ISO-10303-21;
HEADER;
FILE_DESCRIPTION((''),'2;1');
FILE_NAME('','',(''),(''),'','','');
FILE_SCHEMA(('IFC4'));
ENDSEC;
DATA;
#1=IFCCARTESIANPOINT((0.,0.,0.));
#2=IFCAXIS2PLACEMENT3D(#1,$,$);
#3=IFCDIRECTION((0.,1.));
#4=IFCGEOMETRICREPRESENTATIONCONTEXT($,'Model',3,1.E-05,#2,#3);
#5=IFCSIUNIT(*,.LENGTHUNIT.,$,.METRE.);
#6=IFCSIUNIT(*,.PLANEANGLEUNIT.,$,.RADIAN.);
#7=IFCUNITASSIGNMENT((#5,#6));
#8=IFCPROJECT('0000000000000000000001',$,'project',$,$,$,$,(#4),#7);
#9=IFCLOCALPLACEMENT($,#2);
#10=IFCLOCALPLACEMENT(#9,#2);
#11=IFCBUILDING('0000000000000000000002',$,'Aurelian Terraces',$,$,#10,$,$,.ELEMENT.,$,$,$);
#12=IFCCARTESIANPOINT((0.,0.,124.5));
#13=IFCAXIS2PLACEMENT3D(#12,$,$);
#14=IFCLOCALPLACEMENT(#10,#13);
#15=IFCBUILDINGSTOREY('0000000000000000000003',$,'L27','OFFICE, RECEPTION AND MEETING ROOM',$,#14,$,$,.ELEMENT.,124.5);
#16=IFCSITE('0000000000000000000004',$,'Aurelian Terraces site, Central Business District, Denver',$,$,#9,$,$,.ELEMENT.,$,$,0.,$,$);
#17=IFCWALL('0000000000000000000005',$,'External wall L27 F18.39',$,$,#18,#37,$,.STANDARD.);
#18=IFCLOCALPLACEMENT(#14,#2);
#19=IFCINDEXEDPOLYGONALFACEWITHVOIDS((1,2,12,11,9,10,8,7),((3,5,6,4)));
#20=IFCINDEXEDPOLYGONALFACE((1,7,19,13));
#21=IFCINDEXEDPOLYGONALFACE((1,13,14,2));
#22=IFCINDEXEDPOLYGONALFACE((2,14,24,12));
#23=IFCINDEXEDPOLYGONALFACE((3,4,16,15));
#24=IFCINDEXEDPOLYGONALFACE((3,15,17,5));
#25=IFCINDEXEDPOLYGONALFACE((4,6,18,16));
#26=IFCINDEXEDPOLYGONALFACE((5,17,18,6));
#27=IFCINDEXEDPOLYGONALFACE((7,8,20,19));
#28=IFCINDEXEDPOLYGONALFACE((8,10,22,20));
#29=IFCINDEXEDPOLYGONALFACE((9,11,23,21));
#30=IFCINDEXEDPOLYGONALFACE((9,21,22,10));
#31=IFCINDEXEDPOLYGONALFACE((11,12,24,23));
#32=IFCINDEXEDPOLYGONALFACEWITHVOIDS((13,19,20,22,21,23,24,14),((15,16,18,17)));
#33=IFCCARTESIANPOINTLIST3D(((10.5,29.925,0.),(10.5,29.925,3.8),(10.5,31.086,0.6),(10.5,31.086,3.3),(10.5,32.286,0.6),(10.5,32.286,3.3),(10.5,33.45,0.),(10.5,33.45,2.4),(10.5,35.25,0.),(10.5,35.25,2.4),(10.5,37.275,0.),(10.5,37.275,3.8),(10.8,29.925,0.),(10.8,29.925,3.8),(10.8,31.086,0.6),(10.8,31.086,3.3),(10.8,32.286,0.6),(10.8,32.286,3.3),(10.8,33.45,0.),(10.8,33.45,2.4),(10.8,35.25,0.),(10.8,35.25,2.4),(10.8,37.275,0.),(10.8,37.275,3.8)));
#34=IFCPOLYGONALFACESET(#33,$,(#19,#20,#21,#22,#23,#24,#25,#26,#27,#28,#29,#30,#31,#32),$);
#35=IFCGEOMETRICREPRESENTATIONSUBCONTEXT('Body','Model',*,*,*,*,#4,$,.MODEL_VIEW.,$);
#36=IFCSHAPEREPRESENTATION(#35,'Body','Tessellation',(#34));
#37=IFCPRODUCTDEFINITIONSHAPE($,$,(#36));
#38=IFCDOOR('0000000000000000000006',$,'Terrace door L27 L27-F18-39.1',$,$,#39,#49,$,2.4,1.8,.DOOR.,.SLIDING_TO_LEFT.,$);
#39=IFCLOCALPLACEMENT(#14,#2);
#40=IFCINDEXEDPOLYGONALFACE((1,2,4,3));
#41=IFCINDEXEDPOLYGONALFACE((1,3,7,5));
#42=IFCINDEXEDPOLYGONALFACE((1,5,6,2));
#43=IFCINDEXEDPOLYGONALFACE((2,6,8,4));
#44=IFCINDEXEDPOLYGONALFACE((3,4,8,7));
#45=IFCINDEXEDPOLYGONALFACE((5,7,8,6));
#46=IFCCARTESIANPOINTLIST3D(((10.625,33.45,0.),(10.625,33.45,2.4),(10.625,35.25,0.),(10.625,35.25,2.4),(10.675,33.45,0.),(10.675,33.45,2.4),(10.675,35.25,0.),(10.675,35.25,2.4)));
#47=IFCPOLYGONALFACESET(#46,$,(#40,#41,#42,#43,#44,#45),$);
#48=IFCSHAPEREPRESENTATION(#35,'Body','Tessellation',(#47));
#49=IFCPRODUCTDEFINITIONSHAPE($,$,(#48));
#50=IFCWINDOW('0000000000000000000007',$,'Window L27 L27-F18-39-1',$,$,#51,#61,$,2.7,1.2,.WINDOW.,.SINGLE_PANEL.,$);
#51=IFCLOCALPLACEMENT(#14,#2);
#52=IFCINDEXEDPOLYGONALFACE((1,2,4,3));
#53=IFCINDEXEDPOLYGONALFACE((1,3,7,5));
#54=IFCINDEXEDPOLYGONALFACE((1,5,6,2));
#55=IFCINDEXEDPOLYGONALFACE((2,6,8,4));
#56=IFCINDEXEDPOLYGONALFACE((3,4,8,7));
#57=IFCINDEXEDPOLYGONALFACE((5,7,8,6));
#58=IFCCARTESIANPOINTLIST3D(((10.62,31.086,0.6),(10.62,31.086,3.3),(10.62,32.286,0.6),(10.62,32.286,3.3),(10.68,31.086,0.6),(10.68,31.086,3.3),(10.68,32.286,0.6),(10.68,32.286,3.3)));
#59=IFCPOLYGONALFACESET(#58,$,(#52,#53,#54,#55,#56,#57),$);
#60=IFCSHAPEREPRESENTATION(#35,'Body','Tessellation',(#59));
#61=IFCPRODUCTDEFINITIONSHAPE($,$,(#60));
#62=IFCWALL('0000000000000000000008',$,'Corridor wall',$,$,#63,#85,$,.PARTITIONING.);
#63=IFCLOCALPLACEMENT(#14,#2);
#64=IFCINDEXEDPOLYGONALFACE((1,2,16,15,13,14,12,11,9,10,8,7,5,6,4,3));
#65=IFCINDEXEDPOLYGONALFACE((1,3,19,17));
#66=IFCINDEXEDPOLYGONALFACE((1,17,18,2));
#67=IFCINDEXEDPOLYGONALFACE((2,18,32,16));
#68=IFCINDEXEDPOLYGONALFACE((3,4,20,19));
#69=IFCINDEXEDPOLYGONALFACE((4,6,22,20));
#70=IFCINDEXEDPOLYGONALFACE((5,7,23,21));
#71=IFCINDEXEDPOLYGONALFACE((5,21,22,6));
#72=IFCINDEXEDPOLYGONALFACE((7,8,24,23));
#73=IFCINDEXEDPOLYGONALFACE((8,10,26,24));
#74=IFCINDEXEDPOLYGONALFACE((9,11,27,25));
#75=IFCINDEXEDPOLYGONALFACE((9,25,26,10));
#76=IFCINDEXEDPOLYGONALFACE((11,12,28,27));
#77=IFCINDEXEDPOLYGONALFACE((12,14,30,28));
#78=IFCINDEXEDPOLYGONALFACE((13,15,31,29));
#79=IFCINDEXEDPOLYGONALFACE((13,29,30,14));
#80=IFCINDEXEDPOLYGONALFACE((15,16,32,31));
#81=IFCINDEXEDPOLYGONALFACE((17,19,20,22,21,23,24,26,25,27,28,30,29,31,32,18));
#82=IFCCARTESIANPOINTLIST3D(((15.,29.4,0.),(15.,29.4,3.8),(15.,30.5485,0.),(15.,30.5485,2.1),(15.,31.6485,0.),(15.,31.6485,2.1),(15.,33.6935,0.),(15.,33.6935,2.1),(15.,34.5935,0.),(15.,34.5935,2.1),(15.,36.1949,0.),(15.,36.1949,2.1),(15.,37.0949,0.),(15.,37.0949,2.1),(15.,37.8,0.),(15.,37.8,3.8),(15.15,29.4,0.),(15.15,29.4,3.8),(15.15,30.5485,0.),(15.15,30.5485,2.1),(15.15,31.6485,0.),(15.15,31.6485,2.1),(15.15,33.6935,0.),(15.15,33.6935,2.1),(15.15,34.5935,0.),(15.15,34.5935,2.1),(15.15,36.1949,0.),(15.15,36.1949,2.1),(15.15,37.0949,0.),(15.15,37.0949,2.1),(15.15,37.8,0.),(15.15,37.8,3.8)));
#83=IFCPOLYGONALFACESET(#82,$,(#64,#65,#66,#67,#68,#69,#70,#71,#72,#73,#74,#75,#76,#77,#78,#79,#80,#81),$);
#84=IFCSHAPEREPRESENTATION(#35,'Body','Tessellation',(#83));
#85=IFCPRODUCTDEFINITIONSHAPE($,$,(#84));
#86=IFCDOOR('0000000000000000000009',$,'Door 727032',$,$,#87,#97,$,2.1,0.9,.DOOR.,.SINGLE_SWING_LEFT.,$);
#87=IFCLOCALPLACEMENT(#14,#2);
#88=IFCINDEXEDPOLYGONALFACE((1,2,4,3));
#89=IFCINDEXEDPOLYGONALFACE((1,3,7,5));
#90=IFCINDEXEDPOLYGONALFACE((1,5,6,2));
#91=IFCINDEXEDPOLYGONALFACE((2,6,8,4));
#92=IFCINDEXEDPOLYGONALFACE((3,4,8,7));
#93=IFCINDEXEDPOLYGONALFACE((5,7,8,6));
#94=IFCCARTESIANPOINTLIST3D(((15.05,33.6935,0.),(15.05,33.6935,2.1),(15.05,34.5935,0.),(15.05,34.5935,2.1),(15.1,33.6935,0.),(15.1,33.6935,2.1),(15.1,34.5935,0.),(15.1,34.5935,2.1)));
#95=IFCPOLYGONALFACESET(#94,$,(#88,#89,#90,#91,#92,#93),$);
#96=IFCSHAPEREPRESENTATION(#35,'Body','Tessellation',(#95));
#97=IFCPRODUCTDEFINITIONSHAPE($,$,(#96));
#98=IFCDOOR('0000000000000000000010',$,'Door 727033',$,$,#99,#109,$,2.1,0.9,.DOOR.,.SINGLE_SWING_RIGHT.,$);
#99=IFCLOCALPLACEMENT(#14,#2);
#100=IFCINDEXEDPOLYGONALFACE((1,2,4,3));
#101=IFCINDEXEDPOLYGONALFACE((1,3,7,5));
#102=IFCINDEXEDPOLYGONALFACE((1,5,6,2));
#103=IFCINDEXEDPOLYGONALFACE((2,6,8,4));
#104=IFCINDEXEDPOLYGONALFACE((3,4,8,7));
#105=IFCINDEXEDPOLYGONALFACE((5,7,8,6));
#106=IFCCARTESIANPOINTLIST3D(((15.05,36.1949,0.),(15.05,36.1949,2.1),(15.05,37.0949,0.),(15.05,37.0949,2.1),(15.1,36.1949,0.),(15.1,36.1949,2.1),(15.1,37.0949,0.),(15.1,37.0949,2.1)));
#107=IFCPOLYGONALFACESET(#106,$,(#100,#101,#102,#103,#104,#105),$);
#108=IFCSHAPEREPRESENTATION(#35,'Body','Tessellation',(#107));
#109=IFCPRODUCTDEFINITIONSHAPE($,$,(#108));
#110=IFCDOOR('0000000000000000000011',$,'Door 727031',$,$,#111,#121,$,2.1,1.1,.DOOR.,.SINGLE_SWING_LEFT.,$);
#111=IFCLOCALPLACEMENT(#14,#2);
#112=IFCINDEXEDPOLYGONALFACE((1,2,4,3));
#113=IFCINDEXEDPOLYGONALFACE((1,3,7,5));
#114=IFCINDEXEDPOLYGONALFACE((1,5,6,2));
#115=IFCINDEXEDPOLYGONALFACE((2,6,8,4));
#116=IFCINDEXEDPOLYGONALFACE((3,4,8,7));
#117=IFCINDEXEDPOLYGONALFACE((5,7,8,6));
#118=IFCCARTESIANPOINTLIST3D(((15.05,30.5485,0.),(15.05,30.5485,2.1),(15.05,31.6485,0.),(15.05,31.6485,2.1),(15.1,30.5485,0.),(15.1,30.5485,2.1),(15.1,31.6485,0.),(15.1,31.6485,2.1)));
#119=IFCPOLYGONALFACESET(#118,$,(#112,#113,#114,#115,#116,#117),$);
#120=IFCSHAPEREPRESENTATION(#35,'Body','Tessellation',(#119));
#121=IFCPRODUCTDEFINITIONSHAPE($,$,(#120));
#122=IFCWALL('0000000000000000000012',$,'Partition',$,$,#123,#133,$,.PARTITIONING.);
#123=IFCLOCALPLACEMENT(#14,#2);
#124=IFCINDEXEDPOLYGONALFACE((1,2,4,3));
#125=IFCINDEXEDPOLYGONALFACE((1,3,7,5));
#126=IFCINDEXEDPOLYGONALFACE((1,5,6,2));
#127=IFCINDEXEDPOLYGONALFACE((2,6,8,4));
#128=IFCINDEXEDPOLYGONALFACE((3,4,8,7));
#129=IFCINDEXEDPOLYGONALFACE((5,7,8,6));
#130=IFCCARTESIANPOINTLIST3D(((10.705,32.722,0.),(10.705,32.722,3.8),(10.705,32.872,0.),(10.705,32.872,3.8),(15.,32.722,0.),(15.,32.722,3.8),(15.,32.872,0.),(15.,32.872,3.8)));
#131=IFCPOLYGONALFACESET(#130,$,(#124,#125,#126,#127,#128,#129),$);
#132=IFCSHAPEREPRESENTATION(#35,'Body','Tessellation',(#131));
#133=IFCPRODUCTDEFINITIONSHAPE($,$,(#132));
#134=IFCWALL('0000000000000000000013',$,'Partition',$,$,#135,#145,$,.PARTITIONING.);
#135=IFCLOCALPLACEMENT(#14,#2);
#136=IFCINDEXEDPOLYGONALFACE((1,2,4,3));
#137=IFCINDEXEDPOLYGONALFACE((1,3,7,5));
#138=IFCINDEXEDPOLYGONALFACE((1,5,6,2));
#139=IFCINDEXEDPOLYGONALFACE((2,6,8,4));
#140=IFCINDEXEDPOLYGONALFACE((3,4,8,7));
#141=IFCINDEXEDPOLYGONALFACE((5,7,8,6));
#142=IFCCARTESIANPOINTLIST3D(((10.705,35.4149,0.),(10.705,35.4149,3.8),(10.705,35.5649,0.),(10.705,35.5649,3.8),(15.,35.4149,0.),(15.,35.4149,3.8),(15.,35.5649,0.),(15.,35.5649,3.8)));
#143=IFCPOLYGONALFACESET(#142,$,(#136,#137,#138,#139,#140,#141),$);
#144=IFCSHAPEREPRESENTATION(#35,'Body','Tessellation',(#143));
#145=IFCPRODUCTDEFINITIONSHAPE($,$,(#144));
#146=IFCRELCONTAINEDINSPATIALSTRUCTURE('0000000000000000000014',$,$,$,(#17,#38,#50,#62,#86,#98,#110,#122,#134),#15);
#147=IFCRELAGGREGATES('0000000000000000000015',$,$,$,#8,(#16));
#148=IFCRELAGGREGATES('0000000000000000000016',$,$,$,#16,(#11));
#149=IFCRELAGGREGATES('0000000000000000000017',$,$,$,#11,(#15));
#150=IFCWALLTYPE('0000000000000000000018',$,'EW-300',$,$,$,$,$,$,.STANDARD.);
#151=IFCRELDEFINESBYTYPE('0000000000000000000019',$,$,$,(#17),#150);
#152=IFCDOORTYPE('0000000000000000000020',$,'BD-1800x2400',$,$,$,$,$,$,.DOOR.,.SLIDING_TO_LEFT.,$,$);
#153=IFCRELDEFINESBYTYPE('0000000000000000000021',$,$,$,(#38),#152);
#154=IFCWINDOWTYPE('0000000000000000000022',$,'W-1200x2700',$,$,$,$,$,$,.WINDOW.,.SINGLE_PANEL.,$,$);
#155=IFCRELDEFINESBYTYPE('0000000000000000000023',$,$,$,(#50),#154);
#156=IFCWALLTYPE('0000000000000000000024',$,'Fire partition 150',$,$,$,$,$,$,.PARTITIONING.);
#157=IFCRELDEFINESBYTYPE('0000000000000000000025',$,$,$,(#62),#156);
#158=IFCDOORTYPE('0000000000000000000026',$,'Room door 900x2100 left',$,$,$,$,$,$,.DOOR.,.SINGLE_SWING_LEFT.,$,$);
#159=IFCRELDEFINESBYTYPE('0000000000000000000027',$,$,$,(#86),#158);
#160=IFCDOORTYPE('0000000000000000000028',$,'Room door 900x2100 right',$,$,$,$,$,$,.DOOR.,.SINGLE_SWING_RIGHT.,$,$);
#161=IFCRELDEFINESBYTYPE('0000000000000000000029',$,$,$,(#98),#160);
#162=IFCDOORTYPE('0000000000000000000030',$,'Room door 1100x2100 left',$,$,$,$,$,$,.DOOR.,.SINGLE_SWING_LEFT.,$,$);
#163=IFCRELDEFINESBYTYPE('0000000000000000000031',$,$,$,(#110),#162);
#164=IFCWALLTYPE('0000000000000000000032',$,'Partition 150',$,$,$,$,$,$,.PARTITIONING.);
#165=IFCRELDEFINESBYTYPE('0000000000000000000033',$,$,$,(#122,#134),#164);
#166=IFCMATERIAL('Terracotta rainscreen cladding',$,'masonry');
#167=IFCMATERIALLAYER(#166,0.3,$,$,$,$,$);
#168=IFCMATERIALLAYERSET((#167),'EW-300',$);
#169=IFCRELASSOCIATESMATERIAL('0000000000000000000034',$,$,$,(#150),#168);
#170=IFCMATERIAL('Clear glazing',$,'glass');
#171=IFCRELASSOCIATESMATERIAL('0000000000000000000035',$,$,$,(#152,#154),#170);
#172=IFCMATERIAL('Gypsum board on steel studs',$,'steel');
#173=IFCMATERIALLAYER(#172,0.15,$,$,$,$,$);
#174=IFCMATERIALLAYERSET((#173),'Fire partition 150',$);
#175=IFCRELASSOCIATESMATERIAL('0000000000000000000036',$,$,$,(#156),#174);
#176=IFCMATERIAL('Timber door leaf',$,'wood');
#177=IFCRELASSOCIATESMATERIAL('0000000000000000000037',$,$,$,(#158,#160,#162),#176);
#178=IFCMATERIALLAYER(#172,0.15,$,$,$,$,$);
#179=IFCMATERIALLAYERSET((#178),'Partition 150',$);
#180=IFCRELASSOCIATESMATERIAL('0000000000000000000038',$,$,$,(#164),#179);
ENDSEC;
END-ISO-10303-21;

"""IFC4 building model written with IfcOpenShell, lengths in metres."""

from ifc_helpers import new_model, si_unit, direction, frame, frame_2d, origin, place, context, subcontext, project, spatial, rectangle, extrude, source, transform, mapped, material, layer, layer_set, type_object, element, fill, save


model = new_model("IFC4")

# Units and contexts
model_context = context("Model", 3, precision=1e-05, world=origin(), true_north=direction((0.0, 1.0)))
body_context = subcontext(model_context, "Body", "Model", "MODEL_VIEW")
ifc_project = project(units=[si_unit("LENGTHUNIT", "METRE"), si_unit("PLANEANGLEUNIT", "RADIAN")], contexts=[model_context])

# Site, building, storey
site_placement = place(None, origin())
site = spatial("IfcSite", under=ifc_project, at=site_placement, Name="Aurelian Terraces site, Central Business District, Denver", CompositionType="ELEMENT", RefElevation=0.0)
building_placement = place(site_placement, origin())
building = spatial("IfcBuilding", under=site, at=building_placement, Name="Aurelian Terraces", CompositionType="ELEMENT")
storey_placement = place(building_placement, frame((0.0, 0.0, 124.5)))
storey = spatial("IfcBuildingStorey", under=building, at=storey_placement, Name="L27", Description="OFFICE, RECEPTION AND MEETING ROOM", CompositionType="ELEMENT", Elevation=124.5)

# Wall, openings, door, window
ifc_material_1 = material(Name="Terracotta rainscreen cladding", Category="masonry")
ifc_layer_1 = layer(ifc_material_1, 0.3)
ifc_layer_set_1 = layer_set([ifc_layer_1], Name="EW-300")
wall_type_1 = type_object("IfcWallType", Name="EW-300", PredefinedType="STANDARD", material=ifc_layer_set_1)
shared_shape_1 = source(origin(), body_context, "Body", "SweptSolid", [
    extrude(rectangle(XDim=7.35, YDim=0.3, at=frame_2d((3.675, 0.0))), origin(), (0.0, 0.0, 1.0), 3.8),
])
wall_1_placement = place(storey_placement, frame((10.65, 37.275, 0.0), z_axis=(0.0, 0.0, 1.0), x_axis=(0.0, -1.0, 0.0)))
wall_1 = element("IfcWall", 1, at=wall_1_placement, inside=storey, type_object=wall_type_1, Name="External wall L27 F18.39", PredefinedType="STANDARD", context=body_context, shape_type="MappedRepresentation", body=[
    mapped(shared_shape_1, transform((0.0, 0.0, 0.0), scale=1.0)),
])
shared_shape_2 = source(origin(), body_context, "Body", "SweptSolid", [
    extrude(rectangle(XDim=1.8, YDim=2.4, at=frame_2d((0.9, 1.2))), frame((0.0, 0.16, 0.0), z_axis=(0.0, -1.0, 0.0), x_axis=(1.0, 0.0, 0.0)), (0.0, 0.0, 1.0), 0.32),
])
opening_1_placement = place(wall_1_placement, frame((2.025, 0.0, 0.0)))
opening_1 = element("IfcOpeningElement", 2, at=opening_1_placement, cuts=wall_1, PredefinedType="OPENING", context=body_context, shape_type="MappedRepresentation", body=[
    mapped(shared_shape_2, transform((0.0, 0.0, 0.0), scale=1.0)),
])
shared_shape_3 = source(origin(), body_context, "Body", "SweptSolid", [
    extrude(rectangle(XDim=1.2, YDim=2.7, at=frame_2d((0.6, 1.35))), frame((0.0, 0.16, 0.0), z_axis=(0.0, -1.0, 0.0), x_axis=(1.0, 0.0, 0.0)), (0.0, 0.0, 1.0), 0.32),
])
opening_2_placement = place(wall_1_placement, frame((4.989, 0.0, 0.6)))
opening_2 = element("IfcOpeningElement", 3, at=opening_2_placement, cuts=wall_1, PredefinedType="OPENING", context=body_context, shape_type="MappedRepresentation", body=[
    mapped(shared_shape_3, transform((0.0, 0.0, 0.0), scale=1.0)),
])
ifc_material_2 = material(Name="Clear glazing", Category="glass")
door_type_1 = type_object("IfcDoorType", Name="BD-1800x2400", OperationType="SLIDING_TO_LEFT", PredefinedType="DOOR", material=ifc_material_2)
shared_shape_4 = source(origin(), body_context, "Body", "SweptSolid", [
    extrude(rectangle(XDim=1.8, YDim=2.4, at=frame_2d((0.9, 1.2))), frame((0.0, 0.025, 0.0), z_axis=(0.0, -1.0, 0.0), x_axis=(1.0, 0.0, 0.0)), (0.0, 0.0, 1.0), 0.05),
])
door_1_placement = place(opening_1_placement, origin())
door_1 = element("IfcDoor", 4, at=door_1_placement, inside=storey, type_object=door_type_1, Name="Terrace door L27 L27-F18-39.1", OperationType="SLIDING_TO_LEFT", OverallHeight=2.4, OverallWidth=1.8, PredefinedType="DOOR", context=body_context, shape_type="MappedRepresentation", body=[
    mapped(shared_shape_4, transform((0.0, 0.0, 0.0), scale=1.0)),
])
fill(opening_1, door_1)
window_type = type_object("IfcWindowType", Name="W-1200x2700", PartitioningType="SINGLE_PANEL", PredefinedType="WINDOW", material=ifc_material_2)
shared_shape_5 = source(origin(), body_context, "Body", "SweptSolid", [
    extrude(rectangle(XDim=1.2, YDim=2.7, at=frame_2d((0.6, 1.35))), frame((0.0, 0.03, 0.0), z_axis=(0.0, -1.0, 0.0), x_axis=(1.0, 0.0, 0.0)), (0.0, 0.0, 1.0), 0.06),
])
window_placement = place(opening_2_placement, origin())
window = element("IfcWindow", 5, at=window_placement, inside=storey, type_object=window_type, Name="Window L27 L27-F18-39-1", OverallHeight=2.7, OverallWidth=1.2, PartitioningType="SINGLE_PANEL", PredefinedType="WINDOW", context=body_context, shape_type="MappedRepresentation", body=[
    mapped(shared_shape_5, transform((0.0, 0.0, 0.0), scale=1.0)),
])
fill(opening_2, window)

# Wall, openings, doors
ifc_material_3 = material(Name="Gypsum board on steel studs", Category="steel")
ifc_layer_2 = layer(ifc_material_3, 0.15)
ifc_layer_set_2 = layer_set([ifc_layer_2], Name="Fire partition 150")
wall_type_2 = type_object("IfcWallType", Name="Fire partition 150", PredefinedType="PARTITIONING", material=ifc_layer_set_2)
shared_shape_6 = source(origin(), body_context, "Body", "SweptSolid", [
    extrude(rectangle(XDim=8.4, YDim=0.15, at=frame_2d((4.2, 0.0))), origin(), (0.0, 0.0, 1.0), 3.8),
])
wall_2_placement = place(storey_placement, frame((15.075, 29.4, 0.0), z_axis=(0.0, 0.0, 1.0), x_axis=(0.0, 1.0, 0.0)))
wall_2 = element("IfcWall", 6, at=wall_2_placement, inside=storey, type_object=wall_type_2, Name="Corridor wall", PredefinedType="PARTITIONING", context=body_context, shape_type="MappedRepresentation", body=[
    mapped(shared_shape_6, transform((0.0, 0.0, 0.0), scale=1.0)),
])
shared_shape_7 = source(origin(), body_context, "Body", "SweptSolid", [
    extrude(rectangle(XDim=1.1, YDim=2.1, at=frame_2d((0.55, 1.05))), frame((0.0, 0.085, 0.0), z_axis=(0.0, -1.0, 0.0), x_axis=(1.0, 0.0, 0.0)), (0.0, 0.0, 1.0), 0.17),
])
opening_3_placement = place(wall_2_placement, frame((1.1485, 0.0, 0.0)))
opening_3 = element("IfcOpeningElement", 7, at=opening_3_placement, cuts=wall_2, PredefinedType="OPENING", context=body_context, shape_type="MappedRepresentation", body=[
    mapped(shared_shape_7, transform((0.0, 0.0, 0.0), scale=1.0)),
])
shared_shape_8 = source(origin(), body_context, "Body", "SweptSolid", [
    extrude(rectangle(XDim=0.9, YDim=2.1, at=frame_2d((0.45, 1.05))), frame((0.0, 0.085, 0.0), z_axis=(0.0, -1.0, 0.0), x_axis=(1.0, 0.0, 0.0)), (0.0, 0.0, 1.0), 0.17),
])
opening_4_placement = place(wall_2_placement, frame((4.2935, 0.0, 0.0)))
opening_4 = element("IfcOpeningElement", 8, at=opening_4_placement, cuts=wall_2, PredefinedType="OPENING", context=body_context, shape_type="MappedRepresentation", body=[
    mapped(shared_shape_8, transform((0.0, 0.0, 0.0), scale=1.0)),
])
opening_5_placement = place(wall_2_placement, frame((6.7949, 0.0, 0.0)))
opening_5 = element("IfcOpeningElement", 9, at=opening_5_placement, cuts=wall_2, PredefinedType="OPENING", context=body_context, shape_type="MappedRepresentation", body=[
    mapped(shared_shape_8, transform((0.0, 0.0, 0.0), scale=1.0)),
])
ifc_material_4 = material(Name="Timber door leaf", Category="wood")
door_type_2 = type_object("IfcDoorType", Name="Room door 900x2100 left", OperationType="SINGLE_SWING_LEFT", PredefinedType="DOOR", material=ifc_material_4)
shared_shape_9 = source(origin(), body_context, "Body", "SweptSolid", [
    extrude(rectangle(XDim=0.9, YDim=2.1, at=frame_2d((0.45, 1.05))), frame((0.0, 0.025, 0.0), z_axis=(0.0, -1.0, 0.0), x_axis=(1.0, 0.0, 0.0)), (0.0, 0.0, 1.0), 0.05),
])
door_2_placement = place(opening_4_placement, origin())
door_2 = element("IfcDoor", 10, at=door_2_placement, inside=storey, type_object=door_type_2, Name="Door 727032", OperationType="SINGLE_SWING_LEFT", OverallHeight=2.1, OverallWidth=0.9, PredefinedType="DOOR", context=body_context, shape_type="MappedRepresentation", body=[
    mapped(shared_shape_9, transform((0.0, 0.0, 0.0), scale=1.0)),
])
fill(opening_4, door_2)
door_type_3 = type_object("IfcDoorType", Name="Room door 900x2100 right", OperationType="SINGLE_SWING_RIGHT", PredefinedType="DOOR", material=ifc_material_4)
door_3_placement = place(opening_5_placement, origin())
door_3 = element("IfcDoor", 11, at=door_3_placement, inside=storey, type_object=door_type_3, Name="Door 727033", OperationType="SINGLE_SWING_RIGHT", OverallHeight=2.1, OverallWidth=0.9, PredefinedType="DOOR", context=body_context, shape_type="MappedRepresentation", body=[
    mapped(shared_shape_9, transform((0.0, 0.0, 0.0), scale=1.0)),
])
fill(opening_5, door_3)
door_type_4 = type_object("IfcDoorType", Name="Room door 1100x2100 left", OperationType="SINGLE_SWING_LEFT", PredefinedType="DOOR", material=ifc_material_4)
shared_shape_10 = source(origin(), body_context, "Body", "SweptSolid", [
    extrude(rectangle(XDim=1.1, YDim=2.1, at=frame_2d((0.55, 1.05))), frame((0.0, 0.025, 0.0), z_axis=(0.0, -1.0, 0.0), x_axis=(1.0, 0.0, 0.0)), (0.0, 0.0, 1.0), 0.05),
])
door_4_placement = place(opening_3_placement, origin())
door_4 = element("IfcDoor", 12, at=door_4_placement, inside=storey, type_object=door_type_4, Name="Door 727031", OperationType="SINGLE_SWING_LEFT", OverallHeight=2.1, OverallWidth=1.1, PredefinedType="DOOR", context=body_context, shape_type="MappedRepresentation", body=[
    mapped(shared_shape_10, transform((0.0, 0.0, 0.0), scale=1.0)),
])
fill(opening_3, door_4)

# Walls
ifc_layer_3 = layer(ifc_material_3, 0.15)
ifc_layer_set_3 = layer_set([ifc_layer_3], Name="Partition 150")
wall_type_3 = type_object("IfcWallType", Name="Partition 150", PredefinedType="PARTITIONING", material=ifc_layer_set_3)
shared_shape_11 = source(origin(), body_context, "Body", "SweptSolid", [
    extrude(rectangle(XDim=4.295, YDim=0.15, at=frame_2d((2.1475, 0.0))), origin(), (0.0, 0.0, 1.0), 3.8),
])
for number, where, z_axis, x_axis, name in (
    (13, (15.0, 32.797, 0.0), (0.0, 0.0, 1.0), (-1.0, 0.0, 0.0), "Partition"),
    (14, (15.0, 35.4899, 0.0), (0.0, 0.0, 1.0), (-1.0, 0.0, 0.0), "Partition"),
):
    element("IfcWall", number, at=place(storey_placement, frame(where, z_axis=z_axis, x_axis=x_axis)), inside=storey, type_object=wall_type_3, Name=name, PredefinedType="PARTITIONING", context=body_context, shape_type="MappedRepresentation", body=[
        mapped(shared_shape_11, transform((0.0, 0.0, 0.0), scale=1.0)),
    ])

save(model, "model.ifc")
